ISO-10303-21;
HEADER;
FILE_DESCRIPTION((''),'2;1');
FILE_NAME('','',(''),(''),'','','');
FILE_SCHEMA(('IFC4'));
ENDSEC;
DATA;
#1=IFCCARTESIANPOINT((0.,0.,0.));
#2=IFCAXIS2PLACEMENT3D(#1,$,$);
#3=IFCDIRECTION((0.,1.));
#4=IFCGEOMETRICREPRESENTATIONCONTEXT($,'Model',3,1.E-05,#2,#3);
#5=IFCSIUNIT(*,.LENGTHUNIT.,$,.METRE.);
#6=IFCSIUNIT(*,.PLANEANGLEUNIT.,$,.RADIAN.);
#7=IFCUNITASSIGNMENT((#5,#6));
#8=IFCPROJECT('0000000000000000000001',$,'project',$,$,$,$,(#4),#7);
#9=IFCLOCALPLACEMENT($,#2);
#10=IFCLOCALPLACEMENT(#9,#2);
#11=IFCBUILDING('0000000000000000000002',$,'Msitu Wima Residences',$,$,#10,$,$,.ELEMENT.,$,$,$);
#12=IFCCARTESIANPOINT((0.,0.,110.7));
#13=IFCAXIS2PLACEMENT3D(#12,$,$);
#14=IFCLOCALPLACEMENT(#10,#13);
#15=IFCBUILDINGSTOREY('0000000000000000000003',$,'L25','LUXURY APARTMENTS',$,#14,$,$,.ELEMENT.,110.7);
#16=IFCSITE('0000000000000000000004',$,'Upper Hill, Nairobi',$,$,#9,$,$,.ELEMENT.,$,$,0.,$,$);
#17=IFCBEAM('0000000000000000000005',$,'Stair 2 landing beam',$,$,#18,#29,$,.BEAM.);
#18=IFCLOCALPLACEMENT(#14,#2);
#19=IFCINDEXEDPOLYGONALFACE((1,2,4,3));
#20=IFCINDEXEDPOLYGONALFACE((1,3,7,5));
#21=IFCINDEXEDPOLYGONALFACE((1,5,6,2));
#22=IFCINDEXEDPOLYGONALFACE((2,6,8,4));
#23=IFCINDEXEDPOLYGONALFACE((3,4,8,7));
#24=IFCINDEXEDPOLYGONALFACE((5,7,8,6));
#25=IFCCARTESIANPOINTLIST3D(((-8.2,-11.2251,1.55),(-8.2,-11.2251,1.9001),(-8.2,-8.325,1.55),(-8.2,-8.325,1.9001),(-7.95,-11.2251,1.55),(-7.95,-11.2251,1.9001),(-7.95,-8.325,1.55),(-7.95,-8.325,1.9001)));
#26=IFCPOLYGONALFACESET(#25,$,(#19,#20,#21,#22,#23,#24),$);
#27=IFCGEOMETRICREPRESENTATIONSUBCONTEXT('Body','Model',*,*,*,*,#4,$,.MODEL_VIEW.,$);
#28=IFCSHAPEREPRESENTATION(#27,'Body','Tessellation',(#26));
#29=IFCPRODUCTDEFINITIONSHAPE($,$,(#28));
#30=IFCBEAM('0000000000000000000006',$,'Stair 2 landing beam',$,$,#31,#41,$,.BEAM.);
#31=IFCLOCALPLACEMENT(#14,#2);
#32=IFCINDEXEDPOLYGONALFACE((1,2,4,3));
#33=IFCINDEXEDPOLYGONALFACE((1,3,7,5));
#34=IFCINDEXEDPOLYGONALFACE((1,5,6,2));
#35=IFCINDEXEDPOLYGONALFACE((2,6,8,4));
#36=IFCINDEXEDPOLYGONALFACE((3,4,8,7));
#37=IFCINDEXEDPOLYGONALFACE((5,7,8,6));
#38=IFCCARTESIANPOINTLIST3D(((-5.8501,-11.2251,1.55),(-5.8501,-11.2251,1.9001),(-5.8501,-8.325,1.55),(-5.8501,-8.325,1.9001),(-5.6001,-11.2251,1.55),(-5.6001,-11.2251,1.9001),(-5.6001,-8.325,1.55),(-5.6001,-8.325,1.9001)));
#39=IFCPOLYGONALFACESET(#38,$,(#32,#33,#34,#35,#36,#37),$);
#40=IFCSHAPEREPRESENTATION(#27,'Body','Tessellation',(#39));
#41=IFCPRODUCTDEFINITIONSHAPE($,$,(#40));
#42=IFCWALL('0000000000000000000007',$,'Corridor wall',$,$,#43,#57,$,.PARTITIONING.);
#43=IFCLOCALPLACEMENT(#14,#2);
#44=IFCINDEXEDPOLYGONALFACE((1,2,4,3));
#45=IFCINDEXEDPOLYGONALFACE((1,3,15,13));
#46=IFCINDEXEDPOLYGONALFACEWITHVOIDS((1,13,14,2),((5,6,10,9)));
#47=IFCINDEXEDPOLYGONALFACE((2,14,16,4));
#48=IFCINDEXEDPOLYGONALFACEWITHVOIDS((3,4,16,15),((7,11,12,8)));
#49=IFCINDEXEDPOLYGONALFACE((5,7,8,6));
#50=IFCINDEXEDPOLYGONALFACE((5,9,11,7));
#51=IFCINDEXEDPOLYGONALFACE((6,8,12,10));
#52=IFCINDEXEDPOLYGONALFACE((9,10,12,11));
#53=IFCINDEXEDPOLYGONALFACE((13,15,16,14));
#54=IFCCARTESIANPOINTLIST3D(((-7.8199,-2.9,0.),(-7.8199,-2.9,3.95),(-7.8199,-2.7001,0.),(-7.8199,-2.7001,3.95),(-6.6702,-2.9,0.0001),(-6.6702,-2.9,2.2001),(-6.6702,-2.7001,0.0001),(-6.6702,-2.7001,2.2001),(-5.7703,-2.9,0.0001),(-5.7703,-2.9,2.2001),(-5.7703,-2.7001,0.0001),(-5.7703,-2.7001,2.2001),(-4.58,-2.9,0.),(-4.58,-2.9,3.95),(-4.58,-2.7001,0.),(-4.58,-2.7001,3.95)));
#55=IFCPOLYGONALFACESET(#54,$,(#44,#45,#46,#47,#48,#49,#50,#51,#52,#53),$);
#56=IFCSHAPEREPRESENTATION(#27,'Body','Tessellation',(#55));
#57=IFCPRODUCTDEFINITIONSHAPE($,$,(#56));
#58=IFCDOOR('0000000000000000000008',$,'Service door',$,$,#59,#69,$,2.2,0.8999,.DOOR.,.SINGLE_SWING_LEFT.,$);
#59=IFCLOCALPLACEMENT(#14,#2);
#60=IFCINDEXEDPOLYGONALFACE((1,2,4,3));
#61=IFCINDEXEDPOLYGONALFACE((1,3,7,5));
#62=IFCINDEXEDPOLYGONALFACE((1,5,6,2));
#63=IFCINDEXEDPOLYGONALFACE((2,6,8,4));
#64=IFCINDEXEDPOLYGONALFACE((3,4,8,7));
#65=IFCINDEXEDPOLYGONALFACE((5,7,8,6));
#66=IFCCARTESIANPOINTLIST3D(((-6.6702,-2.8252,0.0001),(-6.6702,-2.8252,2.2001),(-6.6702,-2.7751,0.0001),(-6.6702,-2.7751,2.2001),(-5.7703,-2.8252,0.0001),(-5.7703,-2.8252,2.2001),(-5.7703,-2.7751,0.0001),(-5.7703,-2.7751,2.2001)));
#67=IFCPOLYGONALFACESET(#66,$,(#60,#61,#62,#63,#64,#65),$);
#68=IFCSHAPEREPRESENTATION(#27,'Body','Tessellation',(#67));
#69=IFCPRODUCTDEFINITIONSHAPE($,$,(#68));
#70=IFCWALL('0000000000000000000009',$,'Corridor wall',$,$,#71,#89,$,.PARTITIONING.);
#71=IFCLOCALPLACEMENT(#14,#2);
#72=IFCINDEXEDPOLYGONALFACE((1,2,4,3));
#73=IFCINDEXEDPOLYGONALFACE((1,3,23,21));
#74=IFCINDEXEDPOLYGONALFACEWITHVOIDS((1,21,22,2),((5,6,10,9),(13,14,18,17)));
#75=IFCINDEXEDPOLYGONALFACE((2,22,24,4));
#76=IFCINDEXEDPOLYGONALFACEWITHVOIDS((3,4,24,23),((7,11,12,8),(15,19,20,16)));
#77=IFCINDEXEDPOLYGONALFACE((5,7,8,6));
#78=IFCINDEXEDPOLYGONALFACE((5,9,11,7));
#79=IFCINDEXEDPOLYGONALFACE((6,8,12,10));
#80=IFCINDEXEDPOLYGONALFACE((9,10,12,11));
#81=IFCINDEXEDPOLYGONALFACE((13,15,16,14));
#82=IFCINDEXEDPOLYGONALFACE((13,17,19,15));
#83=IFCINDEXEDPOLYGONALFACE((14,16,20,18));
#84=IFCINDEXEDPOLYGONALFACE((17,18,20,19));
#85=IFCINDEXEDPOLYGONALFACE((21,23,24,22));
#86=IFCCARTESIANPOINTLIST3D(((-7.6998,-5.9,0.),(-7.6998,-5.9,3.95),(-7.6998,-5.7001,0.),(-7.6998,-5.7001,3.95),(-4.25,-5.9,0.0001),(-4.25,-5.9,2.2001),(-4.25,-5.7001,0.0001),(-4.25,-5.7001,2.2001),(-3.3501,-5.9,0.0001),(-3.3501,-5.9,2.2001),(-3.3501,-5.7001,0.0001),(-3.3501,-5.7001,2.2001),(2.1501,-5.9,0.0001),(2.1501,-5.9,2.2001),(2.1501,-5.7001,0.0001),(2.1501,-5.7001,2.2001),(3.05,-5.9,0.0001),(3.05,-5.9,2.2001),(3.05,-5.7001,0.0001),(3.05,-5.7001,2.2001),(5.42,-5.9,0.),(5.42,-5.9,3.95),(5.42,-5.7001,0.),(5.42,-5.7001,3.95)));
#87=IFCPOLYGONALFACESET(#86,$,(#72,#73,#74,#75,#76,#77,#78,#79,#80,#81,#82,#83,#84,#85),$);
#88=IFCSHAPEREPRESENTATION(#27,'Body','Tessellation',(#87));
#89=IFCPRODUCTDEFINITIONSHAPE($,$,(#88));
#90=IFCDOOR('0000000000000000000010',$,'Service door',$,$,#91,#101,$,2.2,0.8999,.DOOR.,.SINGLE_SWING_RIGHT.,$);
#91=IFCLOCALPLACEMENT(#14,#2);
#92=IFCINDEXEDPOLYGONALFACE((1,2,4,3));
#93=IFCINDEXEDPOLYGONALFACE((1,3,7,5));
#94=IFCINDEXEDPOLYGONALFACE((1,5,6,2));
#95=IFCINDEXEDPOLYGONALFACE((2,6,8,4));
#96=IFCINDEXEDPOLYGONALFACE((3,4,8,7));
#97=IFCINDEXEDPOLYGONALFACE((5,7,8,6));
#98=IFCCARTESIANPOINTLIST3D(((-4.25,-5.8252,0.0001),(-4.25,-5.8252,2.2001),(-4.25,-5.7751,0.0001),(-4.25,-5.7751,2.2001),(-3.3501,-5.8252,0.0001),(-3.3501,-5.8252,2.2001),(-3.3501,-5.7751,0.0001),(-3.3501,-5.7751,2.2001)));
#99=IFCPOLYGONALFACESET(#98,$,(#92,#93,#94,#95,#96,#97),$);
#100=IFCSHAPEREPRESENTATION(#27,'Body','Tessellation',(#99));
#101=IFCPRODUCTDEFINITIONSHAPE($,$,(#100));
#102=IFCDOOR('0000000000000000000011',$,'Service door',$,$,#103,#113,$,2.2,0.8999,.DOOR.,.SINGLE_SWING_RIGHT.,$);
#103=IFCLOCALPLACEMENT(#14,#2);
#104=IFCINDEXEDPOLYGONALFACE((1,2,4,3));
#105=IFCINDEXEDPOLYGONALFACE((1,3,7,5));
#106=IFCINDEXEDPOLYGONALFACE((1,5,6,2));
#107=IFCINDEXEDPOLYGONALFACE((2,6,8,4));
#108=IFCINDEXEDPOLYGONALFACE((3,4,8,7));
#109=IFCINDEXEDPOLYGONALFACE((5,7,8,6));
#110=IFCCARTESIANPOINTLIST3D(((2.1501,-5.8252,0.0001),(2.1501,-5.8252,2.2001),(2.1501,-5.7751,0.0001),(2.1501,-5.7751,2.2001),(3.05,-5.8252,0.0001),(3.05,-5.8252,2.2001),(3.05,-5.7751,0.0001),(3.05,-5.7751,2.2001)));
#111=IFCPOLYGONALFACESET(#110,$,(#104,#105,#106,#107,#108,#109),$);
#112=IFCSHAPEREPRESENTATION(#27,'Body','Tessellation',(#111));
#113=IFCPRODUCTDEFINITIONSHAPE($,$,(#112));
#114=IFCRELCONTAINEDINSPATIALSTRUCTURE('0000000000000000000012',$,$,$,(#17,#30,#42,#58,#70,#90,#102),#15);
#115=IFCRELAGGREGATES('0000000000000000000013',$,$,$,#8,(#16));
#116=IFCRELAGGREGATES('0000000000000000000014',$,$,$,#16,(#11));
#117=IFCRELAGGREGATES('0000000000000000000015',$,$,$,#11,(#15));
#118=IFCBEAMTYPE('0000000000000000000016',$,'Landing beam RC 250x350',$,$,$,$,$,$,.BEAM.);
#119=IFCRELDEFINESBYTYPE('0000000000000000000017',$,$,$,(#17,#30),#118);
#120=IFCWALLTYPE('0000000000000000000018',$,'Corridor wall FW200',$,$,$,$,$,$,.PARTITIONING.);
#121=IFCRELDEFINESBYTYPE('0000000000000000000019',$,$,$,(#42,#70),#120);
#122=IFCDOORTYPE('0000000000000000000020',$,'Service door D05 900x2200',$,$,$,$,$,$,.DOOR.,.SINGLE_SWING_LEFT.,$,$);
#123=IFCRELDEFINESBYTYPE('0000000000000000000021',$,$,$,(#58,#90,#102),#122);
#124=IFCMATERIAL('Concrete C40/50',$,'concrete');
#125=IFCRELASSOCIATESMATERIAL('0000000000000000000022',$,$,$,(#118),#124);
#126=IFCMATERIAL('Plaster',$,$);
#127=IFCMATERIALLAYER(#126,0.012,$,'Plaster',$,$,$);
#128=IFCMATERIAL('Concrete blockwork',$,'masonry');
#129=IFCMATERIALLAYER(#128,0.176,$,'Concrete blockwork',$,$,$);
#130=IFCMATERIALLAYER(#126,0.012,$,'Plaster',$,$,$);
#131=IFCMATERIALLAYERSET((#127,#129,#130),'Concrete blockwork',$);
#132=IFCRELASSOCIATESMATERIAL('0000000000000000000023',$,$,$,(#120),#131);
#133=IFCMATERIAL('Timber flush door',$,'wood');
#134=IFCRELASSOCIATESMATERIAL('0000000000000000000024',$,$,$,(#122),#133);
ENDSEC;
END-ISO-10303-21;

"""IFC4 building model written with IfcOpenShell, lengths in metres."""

from ifc_helpers import new_model, si_unit, direction, frame, frame_2d, origin, origin_2d, place, context, subcontext, project, spatial, rectangle, extrude, material, layer, layer_set, material_profile, profile_set, type_object, element, fill, save


model = new_model("IFC4")

# Units and contexts
model_context = context("Model", 3, precision=1e-05, world=origin(), true_north=direction((0.0, 1.0)))
body_context = subcontext(model_context, "Body", "Model", "MODEL_VIEW")
ifc_project = project(units=[si_unit("LENGTHUNIT", "METRE"), si_unit("PLANEANGLEUNIT", "RADIAN")], contexts=[model_context])

# Site, building, storey
site_placement = place(None, origin())
site = spatial("IfcSite", under=ifc_project, at=site_placement, Name="Upper Hill, Nairobi", CompositionType="ELEMENT", RefElevation=0.0)
building_placement = place(site_placement, origin())
building = spatial("IfcBuilding", under=site, at=building_placement, Name="Msitu Wima Residences", CompositionType="ELEMENT")
storey_placement = place(building_placement, frame((0.0, 0.0, 110.7)))
storey = spatial("IfcBuildingStorey", under=building, at=storey_placement, Name="L25", Description="LUXURY APARTMENTS", CompositionType="ELEMENT", Elevation=110.7)

# Beams
ifc_material_1 = material(Name="Concrete C40/50", Category="concrete")
ifc_material_profile = material_profile(ifc_material_1, rectangle(XDim=0.25, YDim=0.3501, at=origin_2d()), Name="RC 250x350")
ifc_profile_set = profile_set([ifc_material_profile], Name="Concrete C40/50")
beam_type = type_object("IfcBeamType", Name="Landing beam RC 250x350", PredefinedType="BEAM", material=ifc_profile_set)
for number, where, z_axis, x_axis, name in (
    (1, (-8.075, -11.2251, 1.7251), (0.0, 1.0, 0.0), (-1.0, 0.0, 0.0), "Stair 2 landing beam"),
    (2, (-5.7251, -11.2251, 1.7251), (0.0, 1.0, 0.0), (-1.0, 0.0, 0.0), "Stair 2 landing beam"),
):
    element("IfcBeam", number, at=place(storey_placement, frame(where, z_axis=z_axis, x_axis=x_axis)), inside=storey, type_object=beam_type, Name=name, PredefinedType="BEAM", context=body_context, shape_type="SweptSolid", body=[
        extrude(rectangle(XDim=0.25, YDim=0.3501, at=origin_2d()), origin(), (0.0, 0.0, 1.0), 2.9001),
    ])

# Wall, opening, door
ifc_material_2 = material(Name="Plaster")
ifc_layer_1 = layer(ifc_material_2, 0.012, Name="Plaster")
ifc_material_3 = material(Name="Concrete blockwork", Category="masonry")
ifc_layer_2 = layer(ifc_material_3, 0.176, Name="Concrete blockwork")
ifc_layer_3 = layer(ifc_material_2, 0.012, Name="Plaster")
ifc_layer_set_1 = layer_set([ifc_layer_1, ifc_layer_2, ifc_layer_3], Name="Concrete blockwork")
wall_type_1 = type_object("IfcWallType", Name="Corridor wall FW200", PredefinedType="PARTITIONING", material=ifc_layer_set_1)
wall_1_placement = place(storey_placement, frame((-7.8201, -2.8, 0.0), z_axis=(0.0, 0.0, 1.0), x_axis=(1.0, 0.0, 0.0)))
wall_1 = element("IfcWall", 3, at=wall_1_placement, inside=storey, type_object=wall_type_1, Name="Corridor wall", PredefinedType="PARTITIONING", context=body_context, shape_type="SweptSolid", body=[
    extrude(rectangle(XDim=3.24, YDim=0.2, at=frame_2d((1.6201, 0.0))), origin(), (0.0, 0.0, 1.0), 3.95),
])
opening_1_placement = place(wall_1_placement, frame((1.1499, 0.0, 0.0)))
opening_1 = element("IfcOpeningElement", 4, at=opening_1_placement, cuts=wall_1, PredefinedType="OPENING", context=body_context, shape_type="SweptSolid", body=[
    extrude(rectangle(XDim=0.8999, YDim=2.2, at=frame_2d((0.45, 1.1001))), frame((0.0, 0.1099, 0.0), z_axis=(0.0, -1.0, 0.0), x_axis=(1.0, 0.0, 0.0)), (0.0, 0.0, 1.0), 0.22),
])
ifc_material_4 = material(Name="Timber flush door", Category="wood")
door_type_1 = type_object("IfcDoorType", Name="Service door D05 900x2200", OperationType="SINGLE_SWING_LEFT", PredefinedType="DOOR", material=ifc_material_4)
door_1_placement = place(opening_1_placement, origin())
door_1 = element("IfcDoor", 5, at=door_1_placement, inside=storey, type_object=door_type_1, Name="Service door", OperationType="SINGLE_SWING_LEFT", OverallHeight=2.2, OverallWidth=0.8999, PredefinedType="DOOR", context=body_context, shape_type="SweptSolid", body=[
    extrude(rectangle(XDim=0.8999, YDim=2.2, at=frame_2d((0.45, 1.1001))), frame((0.0, 0.0249, 0.0), z_axis=(0.0, -1.0, 0.0), x_axis=(1.0, 0.0, 0.0)), (0.0, 0.0, 1.0), 0.05),
])
fill(opening_1, door_1)

# Wall, openings, doors
wall_2_placement = place(storey_placement, frame((-7.7, -5.8, 0.0), z_axis=(0.0, 0.0, 1.0), x_axis=(1.0, 0.0, 0.0)))
wall_2 = element("IfcWall", 6, at=wall_2_placement, inside=storey, type_object=wall_type_1, Name="Corridor wall", PredefinedType="PARTITIONING", context=body_context, shape_type="SweptSolid", body=[
    extrude(rectangle(XDim=13.1199, YDim=0.2, at=frame_2d((6.5601, 0.0))), origin(), (0.0, 0.0, 1.0), 3.95),
])
opening_2_placement = place(wall_2_placement, frame((3.45, 0.0, 0.0)))
opening_2 = element("IfcOpeningElement", 7, at=opening_2_placement, cuts=wall_2, PredefinedType="OPENING", context=body_context, shape_type="SweptSolid", body=[
    extrude(rectangle(XDim=0.8999, YDim=2.2, at=frame_2d((0.45, 1.1001))), frame((0.0, 0.1099, 0.0), z_axis=(0.0, -1.0, 0.0), x_axis=(1.0, 0.0, 0.0)), (0.0, 0.0, 1.0), 0.22),
])
opening_3_placement = place(wall_2_placement, frame((9.8501, 0.0, 0.0)))
opening_3 = element("IfcOpeningElement", 8, at=opening_3_placement, cuts=wall_2, PredefinedType="OPENING", context=body_context, shape_type="SweptSolid", body=[
    extrude(rectangle(XDim=0.8999, YDim=2.2, at=frame_2d((0.45, 1.1001))), frame((0.0, 0.1099, 0.0), z_axis=(0.0, -1.0, 0.0), x_axis=(1.0, 0.0, 0.0)), (0.0, 0.0, 1.0), 0.22),
])
door_2_placement = place(opening_2_placement, origin())
door_2 = element("IfcDoor", 9, at=door_2_placement, inside=storey, type_object=door_type_1, Name="Service door", OperationType="SINGLE_SWING_RIGHT", OverallHeight=2.2, OverallWidth=0.8999, PredefinedType="DOOR", context=body_context, shape_type="SweptSolid", body=[
    extrude(rectangle(XDim=0.8999, YDim=2.2, at=frame_2d((0.45, 1.1001))), frame((0.0, 0.0249, 0.0), z_axis=(0.0, -1.0, 0.0), x_axis=(1.0, 0.0, 0.0)), (0.0, 0.0, 1.0), 0.05),
])
fill(opening_2, door_2)
door_3_placement = place(opening_3_placement, origin())
door_3 = element("IfcDoor", 10, at=door_3_placement, inside=storey, type_object=door_type_1, Name="Service door", OperationType="SINGLE_SWING_RIGHT", OverallHeight=2.2, OverallWidth=0.8999, PredefinedType="DOOR", context=body_context, shape_type="SweptSolid", body=[
    extrude(rectangle(XDim=0.8999, YDim=2.2, at=frame_2d((0.45, 1.1001))), frame((0.0, 0.0249, 0.0), z_axis=(0.0, -1.0, 0.0), x_axis=(1.0, 0.0, 0.0)), (0.0, 0.0, 1.0), 0.05),
])
fill(opening_3, door_3)

save(model, "model.ifc")
